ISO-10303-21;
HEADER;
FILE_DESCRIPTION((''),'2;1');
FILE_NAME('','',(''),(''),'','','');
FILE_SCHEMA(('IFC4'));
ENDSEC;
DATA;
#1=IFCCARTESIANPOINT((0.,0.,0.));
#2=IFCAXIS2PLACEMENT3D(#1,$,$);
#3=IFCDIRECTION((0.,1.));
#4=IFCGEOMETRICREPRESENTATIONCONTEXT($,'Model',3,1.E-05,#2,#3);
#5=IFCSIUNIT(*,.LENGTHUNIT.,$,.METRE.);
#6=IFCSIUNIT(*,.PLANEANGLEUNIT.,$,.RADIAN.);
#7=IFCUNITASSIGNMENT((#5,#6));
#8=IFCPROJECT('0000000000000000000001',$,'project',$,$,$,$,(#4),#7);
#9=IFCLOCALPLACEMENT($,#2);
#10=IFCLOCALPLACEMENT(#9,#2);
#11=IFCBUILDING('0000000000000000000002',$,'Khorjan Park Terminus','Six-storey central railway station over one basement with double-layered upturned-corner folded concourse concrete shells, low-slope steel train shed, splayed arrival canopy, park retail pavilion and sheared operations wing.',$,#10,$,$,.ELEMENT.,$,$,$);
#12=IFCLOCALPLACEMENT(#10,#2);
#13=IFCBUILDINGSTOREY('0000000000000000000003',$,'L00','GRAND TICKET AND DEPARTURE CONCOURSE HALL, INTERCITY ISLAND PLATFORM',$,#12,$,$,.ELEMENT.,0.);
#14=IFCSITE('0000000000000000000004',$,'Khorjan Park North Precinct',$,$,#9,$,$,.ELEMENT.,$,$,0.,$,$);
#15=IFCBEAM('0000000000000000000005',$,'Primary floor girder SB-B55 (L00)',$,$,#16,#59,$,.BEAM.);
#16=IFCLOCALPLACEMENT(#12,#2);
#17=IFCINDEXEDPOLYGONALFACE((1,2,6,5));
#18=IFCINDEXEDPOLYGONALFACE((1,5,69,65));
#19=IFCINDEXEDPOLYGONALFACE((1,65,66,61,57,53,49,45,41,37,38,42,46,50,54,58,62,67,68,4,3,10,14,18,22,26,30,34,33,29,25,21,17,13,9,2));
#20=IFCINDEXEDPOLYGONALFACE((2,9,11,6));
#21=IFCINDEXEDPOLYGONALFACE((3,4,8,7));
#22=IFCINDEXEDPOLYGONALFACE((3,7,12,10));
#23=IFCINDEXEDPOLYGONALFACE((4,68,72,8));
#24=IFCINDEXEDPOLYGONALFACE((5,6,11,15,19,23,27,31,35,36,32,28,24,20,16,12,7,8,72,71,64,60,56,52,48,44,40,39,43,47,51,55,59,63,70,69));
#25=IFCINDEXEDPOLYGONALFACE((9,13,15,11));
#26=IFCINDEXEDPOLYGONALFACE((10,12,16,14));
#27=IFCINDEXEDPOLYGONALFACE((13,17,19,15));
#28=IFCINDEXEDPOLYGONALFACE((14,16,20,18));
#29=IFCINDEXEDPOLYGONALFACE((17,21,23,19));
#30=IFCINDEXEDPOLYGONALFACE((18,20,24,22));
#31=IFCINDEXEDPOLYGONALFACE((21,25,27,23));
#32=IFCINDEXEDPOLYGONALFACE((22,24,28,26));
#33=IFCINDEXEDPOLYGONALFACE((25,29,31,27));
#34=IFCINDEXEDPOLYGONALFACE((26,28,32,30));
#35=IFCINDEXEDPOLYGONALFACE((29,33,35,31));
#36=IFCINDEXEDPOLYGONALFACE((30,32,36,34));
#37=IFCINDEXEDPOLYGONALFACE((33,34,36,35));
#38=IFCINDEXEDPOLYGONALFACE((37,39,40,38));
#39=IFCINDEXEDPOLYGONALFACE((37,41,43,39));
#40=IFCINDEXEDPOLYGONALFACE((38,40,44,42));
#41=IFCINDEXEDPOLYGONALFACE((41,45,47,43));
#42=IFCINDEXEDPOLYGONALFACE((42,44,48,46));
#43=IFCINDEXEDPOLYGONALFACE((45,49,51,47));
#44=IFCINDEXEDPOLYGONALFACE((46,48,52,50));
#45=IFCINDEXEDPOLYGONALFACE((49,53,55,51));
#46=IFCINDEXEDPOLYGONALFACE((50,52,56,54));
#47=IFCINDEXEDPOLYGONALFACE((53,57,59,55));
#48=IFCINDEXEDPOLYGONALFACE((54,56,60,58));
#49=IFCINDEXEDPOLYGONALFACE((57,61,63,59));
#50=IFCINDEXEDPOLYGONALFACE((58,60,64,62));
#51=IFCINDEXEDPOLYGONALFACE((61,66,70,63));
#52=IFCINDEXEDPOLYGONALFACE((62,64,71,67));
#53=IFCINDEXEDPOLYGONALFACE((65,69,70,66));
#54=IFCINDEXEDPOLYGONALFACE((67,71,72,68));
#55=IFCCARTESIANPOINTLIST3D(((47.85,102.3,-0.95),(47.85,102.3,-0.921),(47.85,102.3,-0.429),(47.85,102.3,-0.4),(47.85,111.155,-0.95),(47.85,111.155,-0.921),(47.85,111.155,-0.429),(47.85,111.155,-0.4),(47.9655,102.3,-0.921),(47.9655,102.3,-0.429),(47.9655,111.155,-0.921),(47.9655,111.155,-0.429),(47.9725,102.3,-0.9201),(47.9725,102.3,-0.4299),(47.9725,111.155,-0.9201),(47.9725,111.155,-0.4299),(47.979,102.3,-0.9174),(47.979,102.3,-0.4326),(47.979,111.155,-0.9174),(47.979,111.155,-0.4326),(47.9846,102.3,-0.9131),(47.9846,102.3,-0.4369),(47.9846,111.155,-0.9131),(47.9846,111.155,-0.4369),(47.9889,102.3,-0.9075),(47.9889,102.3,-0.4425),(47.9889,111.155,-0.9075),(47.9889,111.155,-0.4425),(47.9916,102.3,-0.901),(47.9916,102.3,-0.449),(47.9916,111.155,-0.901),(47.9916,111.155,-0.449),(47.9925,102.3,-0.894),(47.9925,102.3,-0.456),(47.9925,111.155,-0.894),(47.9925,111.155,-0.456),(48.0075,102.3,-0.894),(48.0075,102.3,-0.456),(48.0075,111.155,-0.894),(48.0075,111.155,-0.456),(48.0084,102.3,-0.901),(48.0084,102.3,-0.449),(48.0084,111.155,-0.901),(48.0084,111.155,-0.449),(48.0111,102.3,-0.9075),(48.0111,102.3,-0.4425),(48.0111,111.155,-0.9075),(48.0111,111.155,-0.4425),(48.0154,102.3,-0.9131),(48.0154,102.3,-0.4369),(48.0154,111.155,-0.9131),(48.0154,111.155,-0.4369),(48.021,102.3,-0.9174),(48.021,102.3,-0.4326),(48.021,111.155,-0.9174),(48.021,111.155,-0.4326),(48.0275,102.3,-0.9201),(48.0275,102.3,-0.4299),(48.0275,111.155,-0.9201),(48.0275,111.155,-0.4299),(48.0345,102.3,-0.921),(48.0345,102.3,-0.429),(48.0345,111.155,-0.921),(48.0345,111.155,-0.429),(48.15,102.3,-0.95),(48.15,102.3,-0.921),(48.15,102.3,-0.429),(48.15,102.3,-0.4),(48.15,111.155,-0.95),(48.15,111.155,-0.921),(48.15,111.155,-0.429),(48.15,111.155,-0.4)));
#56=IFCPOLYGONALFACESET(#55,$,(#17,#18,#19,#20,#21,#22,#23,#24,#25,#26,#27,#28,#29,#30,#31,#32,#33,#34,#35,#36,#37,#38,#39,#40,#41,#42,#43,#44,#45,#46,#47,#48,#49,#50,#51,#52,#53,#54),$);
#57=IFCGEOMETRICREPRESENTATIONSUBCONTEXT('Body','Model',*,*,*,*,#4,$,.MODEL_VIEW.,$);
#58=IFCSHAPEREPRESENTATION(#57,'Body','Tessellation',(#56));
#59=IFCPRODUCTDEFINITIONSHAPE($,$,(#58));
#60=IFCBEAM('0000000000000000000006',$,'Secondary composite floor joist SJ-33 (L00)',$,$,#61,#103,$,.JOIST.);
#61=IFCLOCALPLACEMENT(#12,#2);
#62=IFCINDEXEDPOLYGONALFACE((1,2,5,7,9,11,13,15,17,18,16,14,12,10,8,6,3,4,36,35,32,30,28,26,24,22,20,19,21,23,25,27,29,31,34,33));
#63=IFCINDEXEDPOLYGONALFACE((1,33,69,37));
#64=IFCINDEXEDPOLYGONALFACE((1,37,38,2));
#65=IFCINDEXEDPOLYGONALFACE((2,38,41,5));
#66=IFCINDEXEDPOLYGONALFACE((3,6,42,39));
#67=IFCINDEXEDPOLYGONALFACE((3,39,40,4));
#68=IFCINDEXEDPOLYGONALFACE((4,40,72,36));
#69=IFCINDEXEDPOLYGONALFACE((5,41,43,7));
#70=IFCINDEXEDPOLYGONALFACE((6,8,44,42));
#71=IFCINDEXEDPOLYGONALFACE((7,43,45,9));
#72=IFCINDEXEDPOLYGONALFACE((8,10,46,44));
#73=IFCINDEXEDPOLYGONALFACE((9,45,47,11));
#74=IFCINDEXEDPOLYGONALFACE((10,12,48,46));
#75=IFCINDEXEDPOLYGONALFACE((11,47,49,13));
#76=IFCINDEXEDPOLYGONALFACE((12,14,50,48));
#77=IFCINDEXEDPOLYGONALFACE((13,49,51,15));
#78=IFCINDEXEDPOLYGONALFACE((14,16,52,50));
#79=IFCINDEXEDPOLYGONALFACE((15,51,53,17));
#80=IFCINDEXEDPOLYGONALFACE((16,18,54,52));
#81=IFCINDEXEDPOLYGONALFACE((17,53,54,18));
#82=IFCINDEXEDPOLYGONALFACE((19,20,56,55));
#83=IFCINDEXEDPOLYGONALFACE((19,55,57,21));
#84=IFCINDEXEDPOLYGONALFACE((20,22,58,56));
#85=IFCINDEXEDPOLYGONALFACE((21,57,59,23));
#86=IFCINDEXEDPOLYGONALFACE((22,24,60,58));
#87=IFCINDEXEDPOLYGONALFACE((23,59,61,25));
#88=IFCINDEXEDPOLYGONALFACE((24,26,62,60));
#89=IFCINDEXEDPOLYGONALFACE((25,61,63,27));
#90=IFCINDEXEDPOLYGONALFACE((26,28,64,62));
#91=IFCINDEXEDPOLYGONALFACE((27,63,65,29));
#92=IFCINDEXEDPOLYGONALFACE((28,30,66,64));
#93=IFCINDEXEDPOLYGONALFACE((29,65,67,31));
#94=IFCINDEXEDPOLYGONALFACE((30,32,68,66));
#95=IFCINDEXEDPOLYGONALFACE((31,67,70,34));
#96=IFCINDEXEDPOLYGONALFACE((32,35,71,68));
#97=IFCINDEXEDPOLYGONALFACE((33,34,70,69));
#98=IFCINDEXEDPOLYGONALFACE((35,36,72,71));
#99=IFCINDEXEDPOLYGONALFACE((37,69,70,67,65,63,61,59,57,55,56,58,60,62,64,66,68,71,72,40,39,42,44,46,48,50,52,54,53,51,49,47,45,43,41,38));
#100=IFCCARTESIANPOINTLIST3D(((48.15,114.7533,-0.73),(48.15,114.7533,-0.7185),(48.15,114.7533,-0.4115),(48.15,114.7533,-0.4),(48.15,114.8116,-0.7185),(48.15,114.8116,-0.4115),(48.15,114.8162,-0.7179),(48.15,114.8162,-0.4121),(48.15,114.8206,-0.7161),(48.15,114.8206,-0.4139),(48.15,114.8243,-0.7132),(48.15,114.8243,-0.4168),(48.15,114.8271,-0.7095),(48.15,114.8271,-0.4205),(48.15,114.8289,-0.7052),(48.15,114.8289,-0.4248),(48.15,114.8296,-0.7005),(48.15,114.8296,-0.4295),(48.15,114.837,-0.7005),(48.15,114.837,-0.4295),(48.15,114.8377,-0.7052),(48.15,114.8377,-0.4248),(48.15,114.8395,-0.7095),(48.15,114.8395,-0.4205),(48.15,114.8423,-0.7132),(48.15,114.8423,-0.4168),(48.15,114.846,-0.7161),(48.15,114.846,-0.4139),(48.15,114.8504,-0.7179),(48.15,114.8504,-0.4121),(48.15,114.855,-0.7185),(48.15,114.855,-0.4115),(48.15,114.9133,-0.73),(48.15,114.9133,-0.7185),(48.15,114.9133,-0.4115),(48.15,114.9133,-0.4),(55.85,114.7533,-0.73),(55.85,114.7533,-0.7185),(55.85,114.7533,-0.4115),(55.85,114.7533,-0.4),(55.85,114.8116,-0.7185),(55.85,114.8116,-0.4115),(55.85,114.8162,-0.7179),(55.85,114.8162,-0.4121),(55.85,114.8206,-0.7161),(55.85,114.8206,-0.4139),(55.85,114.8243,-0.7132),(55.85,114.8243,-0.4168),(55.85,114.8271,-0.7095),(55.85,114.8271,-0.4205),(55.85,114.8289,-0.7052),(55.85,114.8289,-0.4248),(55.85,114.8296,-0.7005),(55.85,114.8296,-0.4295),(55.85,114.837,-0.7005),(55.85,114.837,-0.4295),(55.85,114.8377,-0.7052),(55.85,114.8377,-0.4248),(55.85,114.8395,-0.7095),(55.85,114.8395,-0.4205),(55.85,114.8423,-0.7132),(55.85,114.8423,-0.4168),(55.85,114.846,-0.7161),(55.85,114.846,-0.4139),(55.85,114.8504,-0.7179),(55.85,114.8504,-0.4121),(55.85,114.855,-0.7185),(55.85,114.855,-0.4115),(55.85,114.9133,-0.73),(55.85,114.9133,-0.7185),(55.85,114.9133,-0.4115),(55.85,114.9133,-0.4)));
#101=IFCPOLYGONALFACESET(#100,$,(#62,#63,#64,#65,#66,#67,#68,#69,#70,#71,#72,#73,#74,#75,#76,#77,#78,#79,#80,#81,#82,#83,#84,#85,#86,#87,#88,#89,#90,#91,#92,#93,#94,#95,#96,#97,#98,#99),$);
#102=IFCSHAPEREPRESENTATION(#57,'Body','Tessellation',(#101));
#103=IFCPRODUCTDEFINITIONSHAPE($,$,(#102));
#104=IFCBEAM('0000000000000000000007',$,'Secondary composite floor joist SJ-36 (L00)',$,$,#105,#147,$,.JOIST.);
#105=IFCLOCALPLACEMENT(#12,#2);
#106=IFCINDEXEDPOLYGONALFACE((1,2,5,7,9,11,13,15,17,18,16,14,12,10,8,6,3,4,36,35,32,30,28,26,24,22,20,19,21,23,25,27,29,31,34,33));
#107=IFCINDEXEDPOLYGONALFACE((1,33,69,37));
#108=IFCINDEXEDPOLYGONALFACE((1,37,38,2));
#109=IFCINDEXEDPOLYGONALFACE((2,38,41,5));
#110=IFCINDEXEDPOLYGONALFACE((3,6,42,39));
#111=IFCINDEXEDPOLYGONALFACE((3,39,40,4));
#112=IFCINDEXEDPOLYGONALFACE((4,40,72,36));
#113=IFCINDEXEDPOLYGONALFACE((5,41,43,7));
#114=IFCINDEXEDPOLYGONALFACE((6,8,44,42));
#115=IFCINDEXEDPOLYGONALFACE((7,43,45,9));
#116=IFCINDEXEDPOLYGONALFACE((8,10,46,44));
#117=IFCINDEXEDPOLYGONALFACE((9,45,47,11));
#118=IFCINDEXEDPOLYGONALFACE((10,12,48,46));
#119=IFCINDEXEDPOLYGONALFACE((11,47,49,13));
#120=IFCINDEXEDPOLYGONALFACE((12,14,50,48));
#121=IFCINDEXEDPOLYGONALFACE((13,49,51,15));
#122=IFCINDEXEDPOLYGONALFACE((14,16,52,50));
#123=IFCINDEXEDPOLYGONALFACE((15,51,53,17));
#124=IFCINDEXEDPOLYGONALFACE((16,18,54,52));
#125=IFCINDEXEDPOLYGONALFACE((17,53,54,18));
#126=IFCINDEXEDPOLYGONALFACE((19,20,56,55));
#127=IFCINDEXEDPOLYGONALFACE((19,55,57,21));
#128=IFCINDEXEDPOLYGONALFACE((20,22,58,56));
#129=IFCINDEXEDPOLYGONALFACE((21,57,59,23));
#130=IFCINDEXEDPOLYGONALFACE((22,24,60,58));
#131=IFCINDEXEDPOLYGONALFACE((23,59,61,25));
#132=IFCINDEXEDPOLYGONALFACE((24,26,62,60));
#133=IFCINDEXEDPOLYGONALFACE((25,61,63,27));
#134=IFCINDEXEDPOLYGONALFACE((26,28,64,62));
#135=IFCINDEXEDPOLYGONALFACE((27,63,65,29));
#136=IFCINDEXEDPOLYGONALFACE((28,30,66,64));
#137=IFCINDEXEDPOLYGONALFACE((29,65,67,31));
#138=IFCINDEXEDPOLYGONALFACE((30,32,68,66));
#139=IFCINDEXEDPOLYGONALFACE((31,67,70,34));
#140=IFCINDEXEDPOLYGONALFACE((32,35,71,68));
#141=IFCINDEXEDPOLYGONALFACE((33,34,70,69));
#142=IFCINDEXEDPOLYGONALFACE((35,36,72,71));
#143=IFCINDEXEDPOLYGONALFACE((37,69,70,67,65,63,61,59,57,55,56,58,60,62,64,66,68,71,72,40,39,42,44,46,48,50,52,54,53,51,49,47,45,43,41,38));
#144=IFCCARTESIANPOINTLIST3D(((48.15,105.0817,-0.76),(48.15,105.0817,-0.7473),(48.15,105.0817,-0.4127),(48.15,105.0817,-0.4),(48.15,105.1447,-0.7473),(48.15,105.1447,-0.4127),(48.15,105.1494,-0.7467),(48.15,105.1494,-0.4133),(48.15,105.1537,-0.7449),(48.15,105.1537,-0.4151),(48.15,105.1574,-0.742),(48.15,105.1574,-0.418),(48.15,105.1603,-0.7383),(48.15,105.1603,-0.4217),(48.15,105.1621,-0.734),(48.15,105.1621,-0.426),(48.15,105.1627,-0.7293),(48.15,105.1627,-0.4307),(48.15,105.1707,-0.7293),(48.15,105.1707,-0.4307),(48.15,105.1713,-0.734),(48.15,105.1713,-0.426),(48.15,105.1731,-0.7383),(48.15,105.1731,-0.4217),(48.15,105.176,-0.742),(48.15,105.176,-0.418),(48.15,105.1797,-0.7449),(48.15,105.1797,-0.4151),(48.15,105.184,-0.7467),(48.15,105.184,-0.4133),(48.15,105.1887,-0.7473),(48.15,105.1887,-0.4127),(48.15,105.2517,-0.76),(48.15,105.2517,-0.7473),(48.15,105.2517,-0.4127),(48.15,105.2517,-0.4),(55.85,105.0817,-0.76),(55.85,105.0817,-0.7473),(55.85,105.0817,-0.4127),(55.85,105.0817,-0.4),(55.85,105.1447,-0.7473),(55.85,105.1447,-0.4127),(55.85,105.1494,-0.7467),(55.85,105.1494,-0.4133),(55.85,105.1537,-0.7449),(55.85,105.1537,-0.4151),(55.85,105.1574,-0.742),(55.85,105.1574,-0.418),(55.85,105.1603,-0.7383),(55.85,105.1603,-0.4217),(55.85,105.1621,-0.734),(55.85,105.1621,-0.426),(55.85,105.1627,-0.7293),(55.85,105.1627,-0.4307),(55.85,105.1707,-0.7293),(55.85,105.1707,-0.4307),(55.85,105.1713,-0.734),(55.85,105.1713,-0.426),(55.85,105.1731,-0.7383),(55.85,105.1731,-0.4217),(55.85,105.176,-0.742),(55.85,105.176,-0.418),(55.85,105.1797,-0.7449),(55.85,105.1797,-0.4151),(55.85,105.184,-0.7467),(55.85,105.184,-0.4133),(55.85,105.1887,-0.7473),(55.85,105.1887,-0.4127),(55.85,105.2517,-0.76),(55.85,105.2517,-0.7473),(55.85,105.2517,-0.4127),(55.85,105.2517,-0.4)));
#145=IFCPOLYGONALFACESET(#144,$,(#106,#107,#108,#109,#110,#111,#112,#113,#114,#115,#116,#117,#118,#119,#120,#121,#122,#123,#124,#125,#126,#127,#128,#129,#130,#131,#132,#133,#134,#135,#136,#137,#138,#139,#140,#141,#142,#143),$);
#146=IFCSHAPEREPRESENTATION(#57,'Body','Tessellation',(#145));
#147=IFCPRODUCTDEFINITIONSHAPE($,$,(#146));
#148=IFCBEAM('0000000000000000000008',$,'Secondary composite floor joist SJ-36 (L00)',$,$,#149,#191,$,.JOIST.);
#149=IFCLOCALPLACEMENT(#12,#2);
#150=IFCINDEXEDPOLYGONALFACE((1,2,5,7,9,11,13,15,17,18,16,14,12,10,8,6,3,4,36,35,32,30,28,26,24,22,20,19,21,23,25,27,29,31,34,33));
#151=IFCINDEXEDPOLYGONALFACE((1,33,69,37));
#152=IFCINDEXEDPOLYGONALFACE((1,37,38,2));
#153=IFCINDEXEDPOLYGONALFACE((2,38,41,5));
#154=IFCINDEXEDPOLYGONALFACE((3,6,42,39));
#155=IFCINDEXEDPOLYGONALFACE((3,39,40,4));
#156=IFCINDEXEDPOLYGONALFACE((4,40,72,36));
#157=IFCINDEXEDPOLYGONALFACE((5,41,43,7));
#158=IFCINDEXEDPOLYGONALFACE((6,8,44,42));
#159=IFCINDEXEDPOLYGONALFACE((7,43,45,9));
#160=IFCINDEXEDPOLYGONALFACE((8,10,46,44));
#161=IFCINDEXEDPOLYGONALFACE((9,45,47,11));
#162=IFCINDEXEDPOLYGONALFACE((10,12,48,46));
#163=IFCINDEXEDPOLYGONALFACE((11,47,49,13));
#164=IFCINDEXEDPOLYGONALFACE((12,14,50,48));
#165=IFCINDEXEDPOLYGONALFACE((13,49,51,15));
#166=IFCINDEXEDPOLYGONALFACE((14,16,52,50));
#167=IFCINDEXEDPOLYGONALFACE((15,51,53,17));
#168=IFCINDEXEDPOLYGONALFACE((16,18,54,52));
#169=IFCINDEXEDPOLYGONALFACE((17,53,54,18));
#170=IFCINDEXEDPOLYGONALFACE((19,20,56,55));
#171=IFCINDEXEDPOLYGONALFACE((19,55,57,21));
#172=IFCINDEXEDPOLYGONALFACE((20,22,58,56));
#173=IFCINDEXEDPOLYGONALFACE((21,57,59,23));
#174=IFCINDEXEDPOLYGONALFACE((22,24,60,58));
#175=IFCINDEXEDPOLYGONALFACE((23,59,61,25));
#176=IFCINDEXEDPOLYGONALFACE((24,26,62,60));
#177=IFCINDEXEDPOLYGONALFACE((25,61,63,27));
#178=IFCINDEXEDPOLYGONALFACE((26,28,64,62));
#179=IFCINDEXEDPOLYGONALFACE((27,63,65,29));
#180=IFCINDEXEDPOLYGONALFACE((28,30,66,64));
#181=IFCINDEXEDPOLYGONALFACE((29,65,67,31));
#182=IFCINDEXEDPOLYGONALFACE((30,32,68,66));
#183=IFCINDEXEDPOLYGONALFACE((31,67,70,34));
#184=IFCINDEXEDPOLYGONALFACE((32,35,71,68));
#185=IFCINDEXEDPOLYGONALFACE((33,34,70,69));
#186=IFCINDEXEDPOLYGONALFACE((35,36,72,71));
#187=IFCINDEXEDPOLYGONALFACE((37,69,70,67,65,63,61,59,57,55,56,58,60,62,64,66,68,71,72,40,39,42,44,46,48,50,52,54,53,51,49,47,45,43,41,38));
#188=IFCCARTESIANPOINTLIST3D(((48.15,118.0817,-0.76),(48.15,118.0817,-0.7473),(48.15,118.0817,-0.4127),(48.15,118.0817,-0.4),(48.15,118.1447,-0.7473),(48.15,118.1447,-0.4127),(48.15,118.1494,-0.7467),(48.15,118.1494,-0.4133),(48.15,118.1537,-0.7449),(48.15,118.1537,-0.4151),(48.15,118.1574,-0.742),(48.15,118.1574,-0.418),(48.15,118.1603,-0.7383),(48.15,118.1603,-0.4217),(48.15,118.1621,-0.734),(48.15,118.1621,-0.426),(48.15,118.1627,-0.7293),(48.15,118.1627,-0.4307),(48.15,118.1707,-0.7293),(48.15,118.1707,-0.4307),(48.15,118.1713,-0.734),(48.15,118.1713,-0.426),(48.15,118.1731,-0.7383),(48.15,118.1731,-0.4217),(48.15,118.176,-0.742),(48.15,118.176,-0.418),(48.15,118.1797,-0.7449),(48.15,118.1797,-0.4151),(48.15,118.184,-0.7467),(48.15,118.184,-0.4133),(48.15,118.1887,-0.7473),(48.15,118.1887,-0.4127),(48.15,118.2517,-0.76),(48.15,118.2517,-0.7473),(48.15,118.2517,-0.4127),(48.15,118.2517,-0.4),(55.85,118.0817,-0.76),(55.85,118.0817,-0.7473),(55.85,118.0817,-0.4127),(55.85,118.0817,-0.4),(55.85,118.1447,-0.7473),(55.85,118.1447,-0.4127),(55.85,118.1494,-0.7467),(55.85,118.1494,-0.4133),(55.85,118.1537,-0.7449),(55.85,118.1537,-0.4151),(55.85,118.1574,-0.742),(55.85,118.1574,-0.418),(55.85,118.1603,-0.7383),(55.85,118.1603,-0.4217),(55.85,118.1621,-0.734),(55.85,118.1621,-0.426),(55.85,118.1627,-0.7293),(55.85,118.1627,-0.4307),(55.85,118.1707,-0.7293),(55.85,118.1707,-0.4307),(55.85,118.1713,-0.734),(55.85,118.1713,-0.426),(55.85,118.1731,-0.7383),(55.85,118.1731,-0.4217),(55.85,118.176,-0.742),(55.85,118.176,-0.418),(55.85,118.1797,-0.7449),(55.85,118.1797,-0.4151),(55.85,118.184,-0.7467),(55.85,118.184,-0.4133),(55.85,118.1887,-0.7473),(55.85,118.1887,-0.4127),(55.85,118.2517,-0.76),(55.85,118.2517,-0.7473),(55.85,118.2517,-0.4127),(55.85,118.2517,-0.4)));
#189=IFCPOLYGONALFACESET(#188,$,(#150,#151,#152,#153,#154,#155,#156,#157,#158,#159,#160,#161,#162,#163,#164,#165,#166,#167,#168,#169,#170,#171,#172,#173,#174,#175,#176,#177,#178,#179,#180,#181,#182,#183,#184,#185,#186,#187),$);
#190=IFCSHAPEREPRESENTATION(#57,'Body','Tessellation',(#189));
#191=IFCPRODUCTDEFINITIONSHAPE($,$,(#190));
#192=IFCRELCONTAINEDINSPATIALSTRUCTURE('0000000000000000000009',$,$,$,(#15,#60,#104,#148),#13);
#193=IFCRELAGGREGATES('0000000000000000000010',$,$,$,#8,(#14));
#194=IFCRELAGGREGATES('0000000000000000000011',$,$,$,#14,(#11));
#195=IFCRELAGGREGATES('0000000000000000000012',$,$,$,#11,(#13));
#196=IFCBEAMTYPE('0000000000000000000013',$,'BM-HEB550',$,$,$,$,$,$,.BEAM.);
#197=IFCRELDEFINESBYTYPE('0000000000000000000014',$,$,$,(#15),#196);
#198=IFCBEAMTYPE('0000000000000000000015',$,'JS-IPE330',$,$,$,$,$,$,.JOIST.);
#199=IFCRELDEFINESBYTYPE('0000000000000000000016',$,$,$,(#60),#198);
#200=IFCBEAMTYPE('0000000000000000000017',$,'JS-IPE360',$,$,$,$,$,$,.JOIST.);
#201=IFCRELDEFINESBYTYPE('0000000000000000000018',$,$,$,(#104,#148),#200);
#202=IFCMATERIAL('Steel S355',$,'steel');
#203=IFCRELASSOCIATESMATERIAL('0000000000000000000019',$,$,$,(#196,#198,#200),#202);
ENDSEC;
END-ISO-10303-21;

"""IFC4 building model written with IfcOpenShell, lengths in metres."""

from ifc_helpers import new_model, si_unit, direction, frame, origin, origin_2d, place, context, subcontext, project, spatial, i_section, extrude, material, material_profile, profile_set, type_object, element, save


model = new_model("IFC4")

# Units and contexts
model_context = context("Model", 3, precision=1e-05, world=origin(), true_north=direction((0.0, 1.0)))
body_context = subcontext(model_context, "Body", "Model", "MODEL_VIEW")
ifc_project = project(units=[si_unit("LENGTHUNIT", "METRE"), si_unit("PLANEANGLEUNIT", "RADIAN")], contexts=[model_context])

# Site, building, storey
site_placement = place(None, origin())
site = spatial("IfcSite", under=ifc_project, at=site_placement, Name="Khorjan Park North Precinct", CompositionType="ELEMENT", RefElevation=0.0)
building_placement = place(site_placement, origin())
building = spatial("IfcBuilding", under=site, at=building_placement, Name="Khorjan Park Terminus", Description="Six-storey central railway station over one basement with double-layered upturned-corner folded concourse concrete shells, low-slope steel train shed, splayed arrival canopy, park retail pavilion and sheared operations wing.", CompositionType="ELEMENT")
storey_placement = place(building_placement, origin())
storey = spatial("IfcBuildingStorey", under=building, at=storey_placement, Name="L00", Description="GRAND TICKET AND DEPARTURE CONCOURSE HALL, INTERCITY ISLAND PLATFORM", CompositionType="ELEMENT", Elevation=0.0)

# Shared definitions
ifc_material = material(Name="Steel S355", Category="steel")

# Beams
ifc_material_profile_1 = material_profile(ifc_material, i_section(OverallWidth=0.3, OverallDepth=0.55, WebThickness=0.015, FlangeThickness=0.029, FilletRadius=0.027, at=origin_2d()), Name="HEB 550")
ifc_profile_set_1 = profile_set([ifc_material_profile_1], Name="Steel S355")
beam_type_1 = type_object("IfcBeamType", Name="BM-HEB550", PredefinedType="BEAM", material=ifc_profile_set_1)
beam_1_placement = place(storey_placement, frame((48.0, 102.3, -0.675), z_axis=(0.0, 1.0, 0.0), x_axis=(-1.0, 0.0, 0.0)))
element("IfcBeam", 1, at=beam_1_placement, inside=storey, type_object=beam_type_1, Name="Primary floor girder SB-B55 (L00)", PredefinedType="BEAM", context=body_context, shape_type="SweptSolid", body=[
    extrude(i_section(OverallWidth=0.3, OverallDepth=0.55, WebThickness=0.015, FlangeThickness=0.029, FilletRadius=0.027, at=origin_2d()), origin(), (0.0, 0.0, 1.0), 8.855),
])
ifc_material_profile_2 = material_profile(ifc_material, i_section(OverallWidth=0.16, OverallDepth=0.33, WebThickness=0.0075, FlangeThickness=0.0115, FilletRadius=0.018, at=origin_2d()), Name="IPE 330")
ifc_profile_set_2 = profile_set([ifc_material_profile_2], Name="Steel S355")
beam_type_2 = type_object("IfcBeamType", Name="JS-IPE330", PredefinedType="JOIST", material=ifc_profile_set_2)
beam_2_placement = place(storey_placement, frame((48.15, 114.8333, -0.565), z_axis=(1.0, 0.0, 0.0), x_axis=(0.0, 1.0, 0.0)))
element("IfcBeam", 2, at=beam_2_placement, inside=storey, type_object=beam_type_2, Name="Secondary composite floor joist SJ-33 (L00)", PredefinedType="JOIST", context=body_context, shape_type="SweptSolid", body=[
    extrude(i_section(OverallWidth=0.16, OverallDepth=0.33, WebThickness=0.0075, FlangeThickness=0.0115, FilletRadius=0.018, at=origin_2d()), origin(), (0.0, 0.0, 1.0), 7.7),
])
ifc_material_profile_3 = material_profile(ifc_material, i_section(OverallWidth=0.17, OverallDepth=0.36, WebThickness=0.008, FlangeThickness=0.0127, FilletRadius=0.018, at=origin_2d()), Name="IPE 360")
ifc_profile_set_3 = profile_set([ifc_material_profile_3], Name="Steel S355")
beam_type_3 = type_object("IfcBeamType", Name="JS-IPE360", PredefinedType="JOIST", material=ifc_profile_set_3)
for number, where, z_axis, x_axis, name in (
    (3, (48.15, 105.1667, -0.58), (1.0, 0.0, 0.0), (0.0, 1.0, 0.0), "Secondary composite floor joist SJ-36 (L00)"),
    (4, (48.15, 118.1667, -0.58), (1.0, 0.0, 0.0), (0.0, 1.0, 0.0), "Secondary composite floor joist SJ-36 (L00)"),
):
    element("IfcBeam", number, at=place(storey_placement, frame(where, z_axis=z_axis, x_axis=x_axis)), inside=storey, type_object=beam_type_3, Name=name, PredefinedType="JOIST", context=body_context, shape_type="SweptSolid", body=[
        extrude(i_section(OverallWidth=0.17, OverallDepth=0.36, WebThickness=0.008, FlangeThickness=0.0127, FilletRadius=0.018, at=origin_2d()), origin(), (0.0, 0.0, 1.0), 7.7),
    ])

save(model, "model.ifc")
